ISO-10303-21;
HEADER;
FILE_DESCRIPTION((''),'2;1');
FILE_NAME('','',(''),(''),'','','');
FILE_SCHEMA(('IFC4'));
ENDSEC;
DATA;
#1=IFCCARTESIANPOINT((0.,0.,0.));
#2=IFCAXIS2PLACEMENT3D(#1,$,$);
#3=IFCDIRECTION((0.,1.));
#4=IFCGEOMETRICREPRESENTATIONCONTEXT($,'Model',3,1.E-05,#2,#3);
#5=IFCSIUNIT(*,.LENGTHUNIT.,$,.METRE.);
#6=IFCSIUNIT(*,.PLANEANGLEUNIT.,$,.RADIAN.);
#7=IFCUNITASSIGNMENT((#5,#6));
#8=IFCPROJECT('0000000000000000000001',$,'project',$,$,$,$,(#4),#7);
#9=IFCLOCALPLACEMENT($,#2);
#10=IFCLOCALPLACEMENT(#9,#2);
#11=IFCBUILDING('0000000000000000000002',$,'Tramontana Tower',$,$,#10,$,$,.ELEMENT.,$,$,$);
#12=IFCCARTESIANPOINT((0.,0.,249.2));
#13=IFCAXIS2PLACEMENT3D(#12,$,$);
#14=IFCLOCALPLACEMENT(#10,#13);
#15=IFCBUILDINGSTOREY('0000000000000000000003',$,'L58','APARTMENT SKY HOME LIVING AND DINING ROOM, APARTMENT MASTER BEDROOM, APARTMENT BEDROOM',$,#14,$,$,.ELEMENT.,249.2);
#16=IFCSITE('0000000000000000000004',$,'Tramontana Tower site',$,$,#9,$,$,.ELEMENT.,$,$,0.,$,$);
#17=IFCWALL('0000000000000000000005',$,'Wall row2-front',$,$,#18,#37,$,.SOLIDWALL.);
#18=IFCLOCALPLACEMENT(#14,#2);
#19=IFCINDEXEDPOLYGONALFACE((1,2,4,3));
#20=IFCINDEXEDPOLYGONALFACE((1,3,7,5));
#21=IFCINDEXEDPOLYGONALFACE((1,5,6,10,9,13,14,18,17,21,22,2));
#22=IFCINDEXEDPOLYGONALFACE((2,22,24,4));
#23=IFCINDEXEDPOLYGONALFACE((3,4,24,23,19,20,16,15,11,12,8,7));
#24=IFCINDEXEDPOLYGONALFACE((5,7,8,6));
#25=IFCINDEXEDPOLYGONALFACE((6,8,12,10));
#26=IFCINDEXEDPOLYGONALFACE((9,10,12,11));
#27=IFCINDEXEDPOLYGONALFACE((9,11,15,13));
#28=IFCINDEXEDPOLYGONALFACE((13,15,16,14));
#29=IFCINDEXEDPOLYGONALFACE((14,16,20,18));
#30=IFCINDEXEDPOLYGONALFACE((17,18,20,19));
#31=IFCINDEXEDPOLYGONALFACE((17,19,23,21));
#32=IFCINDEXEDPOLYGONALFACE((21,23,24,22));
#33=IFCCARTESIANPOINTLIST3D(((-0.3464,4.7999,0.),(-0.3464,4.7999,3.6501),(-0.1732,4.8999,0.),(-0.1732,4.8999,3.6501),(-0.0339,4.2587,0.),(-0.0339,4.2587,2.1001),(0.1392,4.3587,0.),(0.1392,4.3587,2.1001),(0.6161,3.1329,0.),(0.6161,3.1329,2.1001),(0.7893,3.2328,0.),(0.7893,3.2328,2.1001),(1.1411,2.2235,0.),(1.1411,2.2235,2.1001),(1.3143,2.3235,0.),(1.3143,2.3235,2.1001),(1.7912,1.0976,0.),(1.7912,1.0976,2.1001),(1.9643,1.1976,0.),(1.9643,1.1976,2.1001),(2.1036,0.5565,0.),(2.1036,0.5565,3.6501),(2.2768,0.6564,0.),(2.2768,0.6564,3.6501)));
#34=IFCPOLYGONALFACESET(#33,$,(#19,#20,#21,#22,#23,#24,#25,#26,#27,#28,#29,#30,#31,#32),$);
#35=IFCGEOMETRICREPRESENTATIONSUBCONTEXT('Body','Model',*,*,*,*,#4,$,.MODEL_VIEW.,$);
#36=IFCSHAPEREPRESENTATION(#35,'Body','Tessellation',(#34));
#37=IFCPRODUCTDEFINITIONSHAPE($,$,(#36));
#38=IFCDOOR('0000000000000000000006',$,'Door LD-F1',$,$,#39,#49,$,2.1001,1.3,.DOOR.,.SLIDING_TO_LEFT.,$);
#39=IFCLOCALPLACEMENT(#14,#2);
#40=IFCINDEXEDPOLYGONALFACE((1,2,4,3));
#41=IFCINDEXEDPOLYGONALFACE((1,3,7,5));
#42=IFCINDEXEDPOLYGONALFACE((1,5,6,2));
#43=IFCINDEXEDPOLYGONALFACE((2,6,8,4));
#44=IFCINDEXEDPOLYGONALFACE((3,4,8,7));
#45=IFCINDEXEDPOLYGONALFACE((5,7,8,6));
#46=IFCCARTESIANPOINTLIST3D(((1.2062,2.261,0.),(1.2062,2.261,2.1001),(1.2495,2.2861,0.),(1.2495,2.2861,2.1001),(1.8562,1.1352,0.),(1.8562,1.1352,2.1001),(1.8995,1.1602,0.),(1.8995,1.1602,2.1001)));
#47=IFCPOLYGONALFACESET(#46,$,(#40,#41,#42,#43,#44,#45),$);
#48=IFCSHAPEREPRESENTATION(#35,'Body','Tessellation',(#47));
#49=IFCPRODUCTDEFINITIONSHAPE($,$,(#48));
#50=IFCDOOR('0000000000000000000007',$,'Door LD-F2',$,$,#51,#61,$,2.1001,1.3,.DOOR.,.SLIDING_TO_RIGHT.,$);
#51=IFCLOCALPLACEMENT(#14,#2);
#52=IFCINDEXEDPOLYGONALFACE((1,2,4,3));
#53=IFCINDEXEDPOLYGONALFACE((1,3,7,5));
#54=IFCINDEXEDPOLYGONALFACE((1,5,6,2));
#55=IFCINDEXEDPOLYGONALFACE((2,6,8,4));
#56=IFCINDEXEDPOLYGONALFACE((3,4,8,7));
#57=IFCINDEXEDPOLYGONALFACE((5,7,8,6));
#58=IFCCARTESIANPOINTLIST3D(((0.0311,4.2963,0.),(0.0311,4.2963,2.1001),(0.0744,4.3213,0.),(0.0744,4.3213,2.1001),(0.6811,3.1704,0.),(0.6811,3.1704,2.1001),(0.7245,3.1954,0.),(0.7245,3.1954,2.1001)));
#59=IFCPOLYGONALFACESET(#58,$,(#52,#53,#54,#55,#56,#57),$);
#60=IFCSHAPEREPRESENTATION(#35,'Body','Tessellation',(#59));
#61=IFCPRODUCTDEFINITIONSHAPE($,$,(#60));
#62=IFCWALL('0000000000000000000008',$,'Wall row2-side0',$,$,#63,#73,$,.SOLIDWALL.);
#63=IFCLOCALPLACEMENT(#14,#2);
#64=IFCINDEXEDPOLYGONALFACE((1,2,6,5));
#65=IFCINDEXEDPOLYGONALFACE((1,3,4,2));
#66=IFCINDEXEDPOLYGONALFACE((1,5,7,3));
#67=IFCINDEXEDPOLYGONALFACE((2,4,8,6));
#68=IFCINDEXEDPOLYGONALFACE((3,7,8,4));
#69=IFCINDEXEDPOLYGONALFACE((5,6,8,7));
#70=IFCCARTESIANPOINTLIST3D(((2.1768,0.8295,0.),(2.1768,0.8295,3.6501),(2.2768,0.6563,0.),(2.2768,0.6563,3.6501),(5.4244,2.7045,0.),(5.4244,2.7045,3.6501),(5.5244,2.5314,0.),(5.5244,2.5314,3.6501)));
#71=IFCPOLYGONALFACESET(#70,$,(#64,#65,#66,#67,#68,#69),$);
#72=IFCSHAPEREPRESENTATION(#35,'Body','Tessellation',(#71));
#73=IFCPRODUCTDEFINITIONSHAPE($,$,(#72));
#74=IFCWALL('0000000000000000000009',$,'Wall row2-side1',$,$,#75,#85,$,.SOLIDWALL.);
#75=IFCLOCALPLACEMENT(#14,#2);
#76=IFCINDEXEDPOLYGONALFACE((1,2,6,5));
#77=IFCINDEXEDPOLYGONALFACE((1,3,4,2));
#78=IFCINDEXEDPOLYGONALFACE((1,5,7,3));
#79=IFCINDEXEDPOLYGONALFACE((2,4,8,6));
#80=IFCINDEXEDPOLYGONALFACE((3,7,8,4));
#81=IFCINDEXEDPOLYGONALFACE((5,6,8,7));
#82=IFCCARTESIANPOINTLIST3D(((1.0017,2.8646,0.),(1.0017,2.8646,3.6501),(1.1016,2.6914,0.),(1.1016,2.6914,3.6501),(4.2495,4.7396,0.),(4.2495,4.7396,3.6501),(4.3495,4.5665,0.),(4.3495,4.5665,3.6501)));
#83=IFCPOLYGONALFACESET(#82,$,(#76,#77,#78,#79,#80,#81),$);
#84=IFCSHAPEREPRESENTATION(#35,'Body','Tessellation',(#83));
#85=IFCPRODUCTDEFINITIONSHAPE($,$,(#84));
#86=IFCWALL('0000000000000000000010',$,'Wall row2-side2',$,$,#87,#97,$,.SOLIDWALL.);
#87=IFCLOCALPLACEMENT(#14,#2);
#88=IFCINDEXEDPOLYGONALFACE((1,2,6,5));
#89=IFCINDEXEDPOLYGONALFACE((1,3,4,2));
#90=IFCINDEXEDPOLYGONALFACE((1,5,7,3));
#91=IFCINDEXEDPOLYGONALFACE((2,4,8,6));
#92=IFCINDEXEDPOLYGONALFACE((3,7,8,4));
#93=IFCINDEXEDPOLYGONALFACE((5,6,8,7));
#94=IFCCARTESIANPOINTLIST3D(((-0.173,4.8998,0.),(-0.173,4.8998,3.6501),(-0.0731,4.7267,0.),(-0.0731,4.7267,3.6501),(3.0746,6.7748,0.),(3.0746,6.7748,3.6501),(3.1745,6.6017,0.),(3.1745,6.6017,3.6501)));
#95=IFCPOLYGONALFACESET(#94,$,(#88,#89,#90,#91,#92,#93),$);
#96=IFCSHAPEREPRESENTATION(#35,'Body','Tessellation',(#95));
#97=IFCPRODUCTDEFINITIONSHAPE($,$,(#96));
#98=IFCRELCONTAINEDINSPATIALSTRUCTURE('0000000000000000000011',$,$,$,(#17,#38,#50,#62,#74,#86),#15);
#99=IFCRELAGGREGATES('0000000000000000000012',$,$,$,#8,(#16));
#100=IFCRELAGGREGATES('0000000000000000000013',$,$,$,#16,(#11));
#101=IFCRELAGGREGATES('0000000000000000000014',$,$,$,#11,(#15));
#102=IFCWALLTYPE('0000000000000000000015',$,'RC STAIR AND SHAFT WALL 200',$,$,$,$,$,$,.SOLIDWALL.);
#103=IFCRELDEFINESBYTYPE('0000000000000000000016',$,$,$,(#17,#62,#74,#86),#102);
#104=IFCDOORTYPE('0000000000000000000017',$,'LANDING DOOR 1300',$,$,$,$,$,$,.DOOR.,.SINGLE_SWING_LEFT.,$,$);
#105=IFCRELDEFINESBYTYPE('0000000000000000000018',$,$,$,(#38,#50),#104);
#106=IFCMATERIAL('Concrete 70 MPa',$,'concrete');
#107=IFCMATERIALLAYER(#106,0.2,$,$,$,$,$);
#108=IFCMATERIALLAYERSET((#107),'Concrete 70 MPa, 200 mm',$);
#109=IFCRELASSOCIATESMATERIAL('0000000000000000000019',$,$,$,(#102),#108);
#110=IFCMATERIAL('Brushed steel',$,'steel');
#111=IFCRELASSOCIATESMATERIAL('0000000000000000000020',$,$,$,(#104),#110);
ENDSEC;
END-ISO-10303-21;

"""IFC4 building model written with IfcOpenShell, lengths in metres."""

from ifc_helpers import new_model, si_unit, direction, frame, frame_2d, origin, place, context, subcontext, project, spatial, rectangle, extrude, material, layer, layer_set, type_object, element, fill, save


model = new_model("IFC4")

# Units and contexts
model_context = context("Model", 3, precision=1e-05, world=origin(), true_north=direction((0.0, 1.0)))
body_context = subcontext(model_context, "Body", "Model", "MODEL_VIEW")
ifc_project = project(units=[si_unit("LENGTHUNIT", "METRE"), si_unit("PLANEANGLEUNIT", "RADIAN")], contexts=[model_context])

# Site, building, storey
site_placement = place(None, origin())
site = spatial("IfcSite", under=ifc_project, at=site_placement, Name="Tramontana Tower site", CompositionType="ELEMENT", RefElevation=0.0)
building_placement = place(site_placement, origin())
building = spatial("IfcBuilding", under=site, at=building_placement, Name="Tramontana Tower", CompositionType="ELEMENT")
storey_placement = place(building_placement, frame((0.0, 0.0, 249.2)))
storey = spatial("IfcBuildingStorey", under=building, at=storey_placement, Name="L58", Description="APARTMENT SKY HOME LIVING AND DINING ROOM, APARTMENT MASTER BEDROOM, APARTMENT BEDROOM", CompositionType="ELEMENT", Elevation=249.2)

# Wall, openings, doors
ifc_material_1 = material(Name="Concrete 70 MPa", Category="concrete")
ifc_layer_1 = layer(ifc_material_1, 0.2)
ifc_layer_set_1 = layer_set([ifc_layer_1], Name="Concrete 70 MPa, 200 mm")
wall_type_1 = type_object("IfcWallType", Name="RC STAIR AND SHAFT WALL 200", PredefinedType="SOLIDWALL", material=ifc_layer_set_1)
wall_1_placement = place(storey_placement, frame((2.1902, 0.6064, 0.0), z_axis=(0.0, 0.0, 1.0), x_axis=(-0.500003, 0.866024, 0.0)))
wall_1 = element("IfcWall", 1, at=wall_1_placement, inside=storey, type_object=wall_type_1, Name="Wall row2-front", PredefinedType="SOLIDWALL", context=body_context, shape_type="SweptSolid", body=[
    extrude(rectangle(XDim=4.8999, YDim=0.2, at=frame_2d((2.45, 0.0))), origin(), (0.0, 0.0, 1.0), 3.6501),
])
opening_1_placement = place(wall_1_placement, frame((0.625, 0.0, 0.0)))
opening_1 = element("IfcOpeningElement", 2, at=opening_1_placement, cuts=wall_1, PredefinedType="OPENING", context=body_context, shape_type="SweptSolid", body=[
    extrude(rectangle(XDim=1.3, YDim=2.1001, at=frame_2d((0.6499, 1.05))), frame((0.0, 0.1099, 0.0), z_axis=(0.0, -1.0, 0.0), x_axis=(1.0, 0.0, 0.0)), (0.0, 0.0, 1.0), 0.22),
])
opening_2_placement = place(wall_1_placement, frame((2.9751, 0.0, 0.0)))
opening_2 = element("IfcOpeningElement", 3, at=opening_2_placement, cuts=wall_1, PredefinedType="OPENING", context=body_context, shape_type="SweptSolid", body=[
    extrude(rectangle(XDim=1.3, YDim=2.1001, at=frame_2d((0.6499, 1.05))), frame((0.0, 0.1099, 0.0), z_axis=(0.0, -1.0, 0.0), x_axis=(1.0, 0.0, 0.0)), (0.0, 0.0, 1.0), 0.22),
])
ifc_material_2 = material(Name="Brushed steel", Category="steel")
door_type_1 = type_object("IfcDoorType", Name="LANDING DOOR 1300", OperationType="SINGLE_SWING_LEFT", PredefinedType="DOOR", material=ifc_material_2)
door_1_placement = place(opening_1_placement, origin())
door_1 = element("IfcDoor", 4, at=door_1_placement, inside=storey, type_object=door_type_1, Name="Door LD-F1", OperationType="SLIDING_TO_LEFT", OverallHeight=2.1001, OverallWidth=1.3, PredefinedType="DOOR", context=body_context, shape_type="SweptSolid", body=[
    extrude(rectangle(XDim=1.3, YDim=2.1001, at=frame_2d((0.6499, 1.05))), frame((0.0, 0.0249, 0.0), z_axis=(0.0, -1.0, 0.0), x_axis=(1.0, 0.0, 0.0)), (0.0, 0.0, 1.0), 0.05),
])
fill(opening_1, door_1)
door_2_placement = place(opening_2_placement, origin())
door_2 = element("IfcDoor", 5, at=door_2_placement, inside=storey, type_object=door_type_1, Name="Door LD-F2", OperationType="SLIDING_TO_RIGHT", OverallHeight=2.1001, OverallWidth=1.3, PredefinedType="DOOR", context=body_context, shape_type="SweptSolid", body=[
    extrude(rectangle(XDim=1.3, YDim=2.1001, at=frame_2d((0.6499, 1.05))), frame((0.0, 0.0249, 0.0), z_axis=(0.0, -1.0, 0.0), x_axis=(1.0, 0.0, 0.0)), (0.0, 0.0, 1.0), 0.05),
])
fill(opening_2, door_2)

# Walls
wall_2_placement = place(storey_placement, frame((2.2268, 0.7429, 0.0), z_axis=(0.0, 0.0, 1.0), x_axis=(0.866023, 0.500004, 0.0)))
element("IfcWall", 6, at=wall_2_placement, inside=storey, type_object=wall_type_1, Name="Wall row2-side0", PredefinedType="SOLIDWALL", context=body_context, shape_type="SweptSolid", body=[
    extrude(rectangle(XDim=3.75, YDim=0.2, at=frame_2d((1.875, 0.0))), origin(), (0.0, 0.0, 1.0), 3.6501),
])
wall_3_placement = place(storey_placement, frame((1.0518, 2.7781, 0.0), z_axis=(0.0, 0.0, 1.0), x_axis=(0.866039, 0.499976, 0.0)))
element("IfcWall", 7, at=wall_3_placement, inside=storey, type_object=wall_type_1, Name="Wall row2-side1", PredefinedType="SOLIDWALL", context=body_context, shape_type="SweptSolid", body=[
    extrude(rectangle(XDim=3.7502, YDim=0.2, at=frame_2d((1.875, 0.0))), origin(), (0.0, 0.0, 1.0), 3.6501),
])
wall_4_placement = place(storey_placement, frame((-0.123, 4.8132, 0.0), z_axis=(0.0, 0.0, 1.0), x_axis=(0.866023, 0.500004, 0.0)))
element("IfcWall", 8, at=wall_4_placement, inside=storey, type_object=wall_type_1, Name="Wall row2-side2", PredefinedType="SOLIDWALL", context=body_context, shape_type="SweptSolid", body=[
    extrude(rectangle(XDim=3.75, YDim=0.2, at=frame_2d((1.875, 0.0))), origin(), (0.0, 0.0, 1.0), 3.6501),
])

save(model, "model.ifc")
